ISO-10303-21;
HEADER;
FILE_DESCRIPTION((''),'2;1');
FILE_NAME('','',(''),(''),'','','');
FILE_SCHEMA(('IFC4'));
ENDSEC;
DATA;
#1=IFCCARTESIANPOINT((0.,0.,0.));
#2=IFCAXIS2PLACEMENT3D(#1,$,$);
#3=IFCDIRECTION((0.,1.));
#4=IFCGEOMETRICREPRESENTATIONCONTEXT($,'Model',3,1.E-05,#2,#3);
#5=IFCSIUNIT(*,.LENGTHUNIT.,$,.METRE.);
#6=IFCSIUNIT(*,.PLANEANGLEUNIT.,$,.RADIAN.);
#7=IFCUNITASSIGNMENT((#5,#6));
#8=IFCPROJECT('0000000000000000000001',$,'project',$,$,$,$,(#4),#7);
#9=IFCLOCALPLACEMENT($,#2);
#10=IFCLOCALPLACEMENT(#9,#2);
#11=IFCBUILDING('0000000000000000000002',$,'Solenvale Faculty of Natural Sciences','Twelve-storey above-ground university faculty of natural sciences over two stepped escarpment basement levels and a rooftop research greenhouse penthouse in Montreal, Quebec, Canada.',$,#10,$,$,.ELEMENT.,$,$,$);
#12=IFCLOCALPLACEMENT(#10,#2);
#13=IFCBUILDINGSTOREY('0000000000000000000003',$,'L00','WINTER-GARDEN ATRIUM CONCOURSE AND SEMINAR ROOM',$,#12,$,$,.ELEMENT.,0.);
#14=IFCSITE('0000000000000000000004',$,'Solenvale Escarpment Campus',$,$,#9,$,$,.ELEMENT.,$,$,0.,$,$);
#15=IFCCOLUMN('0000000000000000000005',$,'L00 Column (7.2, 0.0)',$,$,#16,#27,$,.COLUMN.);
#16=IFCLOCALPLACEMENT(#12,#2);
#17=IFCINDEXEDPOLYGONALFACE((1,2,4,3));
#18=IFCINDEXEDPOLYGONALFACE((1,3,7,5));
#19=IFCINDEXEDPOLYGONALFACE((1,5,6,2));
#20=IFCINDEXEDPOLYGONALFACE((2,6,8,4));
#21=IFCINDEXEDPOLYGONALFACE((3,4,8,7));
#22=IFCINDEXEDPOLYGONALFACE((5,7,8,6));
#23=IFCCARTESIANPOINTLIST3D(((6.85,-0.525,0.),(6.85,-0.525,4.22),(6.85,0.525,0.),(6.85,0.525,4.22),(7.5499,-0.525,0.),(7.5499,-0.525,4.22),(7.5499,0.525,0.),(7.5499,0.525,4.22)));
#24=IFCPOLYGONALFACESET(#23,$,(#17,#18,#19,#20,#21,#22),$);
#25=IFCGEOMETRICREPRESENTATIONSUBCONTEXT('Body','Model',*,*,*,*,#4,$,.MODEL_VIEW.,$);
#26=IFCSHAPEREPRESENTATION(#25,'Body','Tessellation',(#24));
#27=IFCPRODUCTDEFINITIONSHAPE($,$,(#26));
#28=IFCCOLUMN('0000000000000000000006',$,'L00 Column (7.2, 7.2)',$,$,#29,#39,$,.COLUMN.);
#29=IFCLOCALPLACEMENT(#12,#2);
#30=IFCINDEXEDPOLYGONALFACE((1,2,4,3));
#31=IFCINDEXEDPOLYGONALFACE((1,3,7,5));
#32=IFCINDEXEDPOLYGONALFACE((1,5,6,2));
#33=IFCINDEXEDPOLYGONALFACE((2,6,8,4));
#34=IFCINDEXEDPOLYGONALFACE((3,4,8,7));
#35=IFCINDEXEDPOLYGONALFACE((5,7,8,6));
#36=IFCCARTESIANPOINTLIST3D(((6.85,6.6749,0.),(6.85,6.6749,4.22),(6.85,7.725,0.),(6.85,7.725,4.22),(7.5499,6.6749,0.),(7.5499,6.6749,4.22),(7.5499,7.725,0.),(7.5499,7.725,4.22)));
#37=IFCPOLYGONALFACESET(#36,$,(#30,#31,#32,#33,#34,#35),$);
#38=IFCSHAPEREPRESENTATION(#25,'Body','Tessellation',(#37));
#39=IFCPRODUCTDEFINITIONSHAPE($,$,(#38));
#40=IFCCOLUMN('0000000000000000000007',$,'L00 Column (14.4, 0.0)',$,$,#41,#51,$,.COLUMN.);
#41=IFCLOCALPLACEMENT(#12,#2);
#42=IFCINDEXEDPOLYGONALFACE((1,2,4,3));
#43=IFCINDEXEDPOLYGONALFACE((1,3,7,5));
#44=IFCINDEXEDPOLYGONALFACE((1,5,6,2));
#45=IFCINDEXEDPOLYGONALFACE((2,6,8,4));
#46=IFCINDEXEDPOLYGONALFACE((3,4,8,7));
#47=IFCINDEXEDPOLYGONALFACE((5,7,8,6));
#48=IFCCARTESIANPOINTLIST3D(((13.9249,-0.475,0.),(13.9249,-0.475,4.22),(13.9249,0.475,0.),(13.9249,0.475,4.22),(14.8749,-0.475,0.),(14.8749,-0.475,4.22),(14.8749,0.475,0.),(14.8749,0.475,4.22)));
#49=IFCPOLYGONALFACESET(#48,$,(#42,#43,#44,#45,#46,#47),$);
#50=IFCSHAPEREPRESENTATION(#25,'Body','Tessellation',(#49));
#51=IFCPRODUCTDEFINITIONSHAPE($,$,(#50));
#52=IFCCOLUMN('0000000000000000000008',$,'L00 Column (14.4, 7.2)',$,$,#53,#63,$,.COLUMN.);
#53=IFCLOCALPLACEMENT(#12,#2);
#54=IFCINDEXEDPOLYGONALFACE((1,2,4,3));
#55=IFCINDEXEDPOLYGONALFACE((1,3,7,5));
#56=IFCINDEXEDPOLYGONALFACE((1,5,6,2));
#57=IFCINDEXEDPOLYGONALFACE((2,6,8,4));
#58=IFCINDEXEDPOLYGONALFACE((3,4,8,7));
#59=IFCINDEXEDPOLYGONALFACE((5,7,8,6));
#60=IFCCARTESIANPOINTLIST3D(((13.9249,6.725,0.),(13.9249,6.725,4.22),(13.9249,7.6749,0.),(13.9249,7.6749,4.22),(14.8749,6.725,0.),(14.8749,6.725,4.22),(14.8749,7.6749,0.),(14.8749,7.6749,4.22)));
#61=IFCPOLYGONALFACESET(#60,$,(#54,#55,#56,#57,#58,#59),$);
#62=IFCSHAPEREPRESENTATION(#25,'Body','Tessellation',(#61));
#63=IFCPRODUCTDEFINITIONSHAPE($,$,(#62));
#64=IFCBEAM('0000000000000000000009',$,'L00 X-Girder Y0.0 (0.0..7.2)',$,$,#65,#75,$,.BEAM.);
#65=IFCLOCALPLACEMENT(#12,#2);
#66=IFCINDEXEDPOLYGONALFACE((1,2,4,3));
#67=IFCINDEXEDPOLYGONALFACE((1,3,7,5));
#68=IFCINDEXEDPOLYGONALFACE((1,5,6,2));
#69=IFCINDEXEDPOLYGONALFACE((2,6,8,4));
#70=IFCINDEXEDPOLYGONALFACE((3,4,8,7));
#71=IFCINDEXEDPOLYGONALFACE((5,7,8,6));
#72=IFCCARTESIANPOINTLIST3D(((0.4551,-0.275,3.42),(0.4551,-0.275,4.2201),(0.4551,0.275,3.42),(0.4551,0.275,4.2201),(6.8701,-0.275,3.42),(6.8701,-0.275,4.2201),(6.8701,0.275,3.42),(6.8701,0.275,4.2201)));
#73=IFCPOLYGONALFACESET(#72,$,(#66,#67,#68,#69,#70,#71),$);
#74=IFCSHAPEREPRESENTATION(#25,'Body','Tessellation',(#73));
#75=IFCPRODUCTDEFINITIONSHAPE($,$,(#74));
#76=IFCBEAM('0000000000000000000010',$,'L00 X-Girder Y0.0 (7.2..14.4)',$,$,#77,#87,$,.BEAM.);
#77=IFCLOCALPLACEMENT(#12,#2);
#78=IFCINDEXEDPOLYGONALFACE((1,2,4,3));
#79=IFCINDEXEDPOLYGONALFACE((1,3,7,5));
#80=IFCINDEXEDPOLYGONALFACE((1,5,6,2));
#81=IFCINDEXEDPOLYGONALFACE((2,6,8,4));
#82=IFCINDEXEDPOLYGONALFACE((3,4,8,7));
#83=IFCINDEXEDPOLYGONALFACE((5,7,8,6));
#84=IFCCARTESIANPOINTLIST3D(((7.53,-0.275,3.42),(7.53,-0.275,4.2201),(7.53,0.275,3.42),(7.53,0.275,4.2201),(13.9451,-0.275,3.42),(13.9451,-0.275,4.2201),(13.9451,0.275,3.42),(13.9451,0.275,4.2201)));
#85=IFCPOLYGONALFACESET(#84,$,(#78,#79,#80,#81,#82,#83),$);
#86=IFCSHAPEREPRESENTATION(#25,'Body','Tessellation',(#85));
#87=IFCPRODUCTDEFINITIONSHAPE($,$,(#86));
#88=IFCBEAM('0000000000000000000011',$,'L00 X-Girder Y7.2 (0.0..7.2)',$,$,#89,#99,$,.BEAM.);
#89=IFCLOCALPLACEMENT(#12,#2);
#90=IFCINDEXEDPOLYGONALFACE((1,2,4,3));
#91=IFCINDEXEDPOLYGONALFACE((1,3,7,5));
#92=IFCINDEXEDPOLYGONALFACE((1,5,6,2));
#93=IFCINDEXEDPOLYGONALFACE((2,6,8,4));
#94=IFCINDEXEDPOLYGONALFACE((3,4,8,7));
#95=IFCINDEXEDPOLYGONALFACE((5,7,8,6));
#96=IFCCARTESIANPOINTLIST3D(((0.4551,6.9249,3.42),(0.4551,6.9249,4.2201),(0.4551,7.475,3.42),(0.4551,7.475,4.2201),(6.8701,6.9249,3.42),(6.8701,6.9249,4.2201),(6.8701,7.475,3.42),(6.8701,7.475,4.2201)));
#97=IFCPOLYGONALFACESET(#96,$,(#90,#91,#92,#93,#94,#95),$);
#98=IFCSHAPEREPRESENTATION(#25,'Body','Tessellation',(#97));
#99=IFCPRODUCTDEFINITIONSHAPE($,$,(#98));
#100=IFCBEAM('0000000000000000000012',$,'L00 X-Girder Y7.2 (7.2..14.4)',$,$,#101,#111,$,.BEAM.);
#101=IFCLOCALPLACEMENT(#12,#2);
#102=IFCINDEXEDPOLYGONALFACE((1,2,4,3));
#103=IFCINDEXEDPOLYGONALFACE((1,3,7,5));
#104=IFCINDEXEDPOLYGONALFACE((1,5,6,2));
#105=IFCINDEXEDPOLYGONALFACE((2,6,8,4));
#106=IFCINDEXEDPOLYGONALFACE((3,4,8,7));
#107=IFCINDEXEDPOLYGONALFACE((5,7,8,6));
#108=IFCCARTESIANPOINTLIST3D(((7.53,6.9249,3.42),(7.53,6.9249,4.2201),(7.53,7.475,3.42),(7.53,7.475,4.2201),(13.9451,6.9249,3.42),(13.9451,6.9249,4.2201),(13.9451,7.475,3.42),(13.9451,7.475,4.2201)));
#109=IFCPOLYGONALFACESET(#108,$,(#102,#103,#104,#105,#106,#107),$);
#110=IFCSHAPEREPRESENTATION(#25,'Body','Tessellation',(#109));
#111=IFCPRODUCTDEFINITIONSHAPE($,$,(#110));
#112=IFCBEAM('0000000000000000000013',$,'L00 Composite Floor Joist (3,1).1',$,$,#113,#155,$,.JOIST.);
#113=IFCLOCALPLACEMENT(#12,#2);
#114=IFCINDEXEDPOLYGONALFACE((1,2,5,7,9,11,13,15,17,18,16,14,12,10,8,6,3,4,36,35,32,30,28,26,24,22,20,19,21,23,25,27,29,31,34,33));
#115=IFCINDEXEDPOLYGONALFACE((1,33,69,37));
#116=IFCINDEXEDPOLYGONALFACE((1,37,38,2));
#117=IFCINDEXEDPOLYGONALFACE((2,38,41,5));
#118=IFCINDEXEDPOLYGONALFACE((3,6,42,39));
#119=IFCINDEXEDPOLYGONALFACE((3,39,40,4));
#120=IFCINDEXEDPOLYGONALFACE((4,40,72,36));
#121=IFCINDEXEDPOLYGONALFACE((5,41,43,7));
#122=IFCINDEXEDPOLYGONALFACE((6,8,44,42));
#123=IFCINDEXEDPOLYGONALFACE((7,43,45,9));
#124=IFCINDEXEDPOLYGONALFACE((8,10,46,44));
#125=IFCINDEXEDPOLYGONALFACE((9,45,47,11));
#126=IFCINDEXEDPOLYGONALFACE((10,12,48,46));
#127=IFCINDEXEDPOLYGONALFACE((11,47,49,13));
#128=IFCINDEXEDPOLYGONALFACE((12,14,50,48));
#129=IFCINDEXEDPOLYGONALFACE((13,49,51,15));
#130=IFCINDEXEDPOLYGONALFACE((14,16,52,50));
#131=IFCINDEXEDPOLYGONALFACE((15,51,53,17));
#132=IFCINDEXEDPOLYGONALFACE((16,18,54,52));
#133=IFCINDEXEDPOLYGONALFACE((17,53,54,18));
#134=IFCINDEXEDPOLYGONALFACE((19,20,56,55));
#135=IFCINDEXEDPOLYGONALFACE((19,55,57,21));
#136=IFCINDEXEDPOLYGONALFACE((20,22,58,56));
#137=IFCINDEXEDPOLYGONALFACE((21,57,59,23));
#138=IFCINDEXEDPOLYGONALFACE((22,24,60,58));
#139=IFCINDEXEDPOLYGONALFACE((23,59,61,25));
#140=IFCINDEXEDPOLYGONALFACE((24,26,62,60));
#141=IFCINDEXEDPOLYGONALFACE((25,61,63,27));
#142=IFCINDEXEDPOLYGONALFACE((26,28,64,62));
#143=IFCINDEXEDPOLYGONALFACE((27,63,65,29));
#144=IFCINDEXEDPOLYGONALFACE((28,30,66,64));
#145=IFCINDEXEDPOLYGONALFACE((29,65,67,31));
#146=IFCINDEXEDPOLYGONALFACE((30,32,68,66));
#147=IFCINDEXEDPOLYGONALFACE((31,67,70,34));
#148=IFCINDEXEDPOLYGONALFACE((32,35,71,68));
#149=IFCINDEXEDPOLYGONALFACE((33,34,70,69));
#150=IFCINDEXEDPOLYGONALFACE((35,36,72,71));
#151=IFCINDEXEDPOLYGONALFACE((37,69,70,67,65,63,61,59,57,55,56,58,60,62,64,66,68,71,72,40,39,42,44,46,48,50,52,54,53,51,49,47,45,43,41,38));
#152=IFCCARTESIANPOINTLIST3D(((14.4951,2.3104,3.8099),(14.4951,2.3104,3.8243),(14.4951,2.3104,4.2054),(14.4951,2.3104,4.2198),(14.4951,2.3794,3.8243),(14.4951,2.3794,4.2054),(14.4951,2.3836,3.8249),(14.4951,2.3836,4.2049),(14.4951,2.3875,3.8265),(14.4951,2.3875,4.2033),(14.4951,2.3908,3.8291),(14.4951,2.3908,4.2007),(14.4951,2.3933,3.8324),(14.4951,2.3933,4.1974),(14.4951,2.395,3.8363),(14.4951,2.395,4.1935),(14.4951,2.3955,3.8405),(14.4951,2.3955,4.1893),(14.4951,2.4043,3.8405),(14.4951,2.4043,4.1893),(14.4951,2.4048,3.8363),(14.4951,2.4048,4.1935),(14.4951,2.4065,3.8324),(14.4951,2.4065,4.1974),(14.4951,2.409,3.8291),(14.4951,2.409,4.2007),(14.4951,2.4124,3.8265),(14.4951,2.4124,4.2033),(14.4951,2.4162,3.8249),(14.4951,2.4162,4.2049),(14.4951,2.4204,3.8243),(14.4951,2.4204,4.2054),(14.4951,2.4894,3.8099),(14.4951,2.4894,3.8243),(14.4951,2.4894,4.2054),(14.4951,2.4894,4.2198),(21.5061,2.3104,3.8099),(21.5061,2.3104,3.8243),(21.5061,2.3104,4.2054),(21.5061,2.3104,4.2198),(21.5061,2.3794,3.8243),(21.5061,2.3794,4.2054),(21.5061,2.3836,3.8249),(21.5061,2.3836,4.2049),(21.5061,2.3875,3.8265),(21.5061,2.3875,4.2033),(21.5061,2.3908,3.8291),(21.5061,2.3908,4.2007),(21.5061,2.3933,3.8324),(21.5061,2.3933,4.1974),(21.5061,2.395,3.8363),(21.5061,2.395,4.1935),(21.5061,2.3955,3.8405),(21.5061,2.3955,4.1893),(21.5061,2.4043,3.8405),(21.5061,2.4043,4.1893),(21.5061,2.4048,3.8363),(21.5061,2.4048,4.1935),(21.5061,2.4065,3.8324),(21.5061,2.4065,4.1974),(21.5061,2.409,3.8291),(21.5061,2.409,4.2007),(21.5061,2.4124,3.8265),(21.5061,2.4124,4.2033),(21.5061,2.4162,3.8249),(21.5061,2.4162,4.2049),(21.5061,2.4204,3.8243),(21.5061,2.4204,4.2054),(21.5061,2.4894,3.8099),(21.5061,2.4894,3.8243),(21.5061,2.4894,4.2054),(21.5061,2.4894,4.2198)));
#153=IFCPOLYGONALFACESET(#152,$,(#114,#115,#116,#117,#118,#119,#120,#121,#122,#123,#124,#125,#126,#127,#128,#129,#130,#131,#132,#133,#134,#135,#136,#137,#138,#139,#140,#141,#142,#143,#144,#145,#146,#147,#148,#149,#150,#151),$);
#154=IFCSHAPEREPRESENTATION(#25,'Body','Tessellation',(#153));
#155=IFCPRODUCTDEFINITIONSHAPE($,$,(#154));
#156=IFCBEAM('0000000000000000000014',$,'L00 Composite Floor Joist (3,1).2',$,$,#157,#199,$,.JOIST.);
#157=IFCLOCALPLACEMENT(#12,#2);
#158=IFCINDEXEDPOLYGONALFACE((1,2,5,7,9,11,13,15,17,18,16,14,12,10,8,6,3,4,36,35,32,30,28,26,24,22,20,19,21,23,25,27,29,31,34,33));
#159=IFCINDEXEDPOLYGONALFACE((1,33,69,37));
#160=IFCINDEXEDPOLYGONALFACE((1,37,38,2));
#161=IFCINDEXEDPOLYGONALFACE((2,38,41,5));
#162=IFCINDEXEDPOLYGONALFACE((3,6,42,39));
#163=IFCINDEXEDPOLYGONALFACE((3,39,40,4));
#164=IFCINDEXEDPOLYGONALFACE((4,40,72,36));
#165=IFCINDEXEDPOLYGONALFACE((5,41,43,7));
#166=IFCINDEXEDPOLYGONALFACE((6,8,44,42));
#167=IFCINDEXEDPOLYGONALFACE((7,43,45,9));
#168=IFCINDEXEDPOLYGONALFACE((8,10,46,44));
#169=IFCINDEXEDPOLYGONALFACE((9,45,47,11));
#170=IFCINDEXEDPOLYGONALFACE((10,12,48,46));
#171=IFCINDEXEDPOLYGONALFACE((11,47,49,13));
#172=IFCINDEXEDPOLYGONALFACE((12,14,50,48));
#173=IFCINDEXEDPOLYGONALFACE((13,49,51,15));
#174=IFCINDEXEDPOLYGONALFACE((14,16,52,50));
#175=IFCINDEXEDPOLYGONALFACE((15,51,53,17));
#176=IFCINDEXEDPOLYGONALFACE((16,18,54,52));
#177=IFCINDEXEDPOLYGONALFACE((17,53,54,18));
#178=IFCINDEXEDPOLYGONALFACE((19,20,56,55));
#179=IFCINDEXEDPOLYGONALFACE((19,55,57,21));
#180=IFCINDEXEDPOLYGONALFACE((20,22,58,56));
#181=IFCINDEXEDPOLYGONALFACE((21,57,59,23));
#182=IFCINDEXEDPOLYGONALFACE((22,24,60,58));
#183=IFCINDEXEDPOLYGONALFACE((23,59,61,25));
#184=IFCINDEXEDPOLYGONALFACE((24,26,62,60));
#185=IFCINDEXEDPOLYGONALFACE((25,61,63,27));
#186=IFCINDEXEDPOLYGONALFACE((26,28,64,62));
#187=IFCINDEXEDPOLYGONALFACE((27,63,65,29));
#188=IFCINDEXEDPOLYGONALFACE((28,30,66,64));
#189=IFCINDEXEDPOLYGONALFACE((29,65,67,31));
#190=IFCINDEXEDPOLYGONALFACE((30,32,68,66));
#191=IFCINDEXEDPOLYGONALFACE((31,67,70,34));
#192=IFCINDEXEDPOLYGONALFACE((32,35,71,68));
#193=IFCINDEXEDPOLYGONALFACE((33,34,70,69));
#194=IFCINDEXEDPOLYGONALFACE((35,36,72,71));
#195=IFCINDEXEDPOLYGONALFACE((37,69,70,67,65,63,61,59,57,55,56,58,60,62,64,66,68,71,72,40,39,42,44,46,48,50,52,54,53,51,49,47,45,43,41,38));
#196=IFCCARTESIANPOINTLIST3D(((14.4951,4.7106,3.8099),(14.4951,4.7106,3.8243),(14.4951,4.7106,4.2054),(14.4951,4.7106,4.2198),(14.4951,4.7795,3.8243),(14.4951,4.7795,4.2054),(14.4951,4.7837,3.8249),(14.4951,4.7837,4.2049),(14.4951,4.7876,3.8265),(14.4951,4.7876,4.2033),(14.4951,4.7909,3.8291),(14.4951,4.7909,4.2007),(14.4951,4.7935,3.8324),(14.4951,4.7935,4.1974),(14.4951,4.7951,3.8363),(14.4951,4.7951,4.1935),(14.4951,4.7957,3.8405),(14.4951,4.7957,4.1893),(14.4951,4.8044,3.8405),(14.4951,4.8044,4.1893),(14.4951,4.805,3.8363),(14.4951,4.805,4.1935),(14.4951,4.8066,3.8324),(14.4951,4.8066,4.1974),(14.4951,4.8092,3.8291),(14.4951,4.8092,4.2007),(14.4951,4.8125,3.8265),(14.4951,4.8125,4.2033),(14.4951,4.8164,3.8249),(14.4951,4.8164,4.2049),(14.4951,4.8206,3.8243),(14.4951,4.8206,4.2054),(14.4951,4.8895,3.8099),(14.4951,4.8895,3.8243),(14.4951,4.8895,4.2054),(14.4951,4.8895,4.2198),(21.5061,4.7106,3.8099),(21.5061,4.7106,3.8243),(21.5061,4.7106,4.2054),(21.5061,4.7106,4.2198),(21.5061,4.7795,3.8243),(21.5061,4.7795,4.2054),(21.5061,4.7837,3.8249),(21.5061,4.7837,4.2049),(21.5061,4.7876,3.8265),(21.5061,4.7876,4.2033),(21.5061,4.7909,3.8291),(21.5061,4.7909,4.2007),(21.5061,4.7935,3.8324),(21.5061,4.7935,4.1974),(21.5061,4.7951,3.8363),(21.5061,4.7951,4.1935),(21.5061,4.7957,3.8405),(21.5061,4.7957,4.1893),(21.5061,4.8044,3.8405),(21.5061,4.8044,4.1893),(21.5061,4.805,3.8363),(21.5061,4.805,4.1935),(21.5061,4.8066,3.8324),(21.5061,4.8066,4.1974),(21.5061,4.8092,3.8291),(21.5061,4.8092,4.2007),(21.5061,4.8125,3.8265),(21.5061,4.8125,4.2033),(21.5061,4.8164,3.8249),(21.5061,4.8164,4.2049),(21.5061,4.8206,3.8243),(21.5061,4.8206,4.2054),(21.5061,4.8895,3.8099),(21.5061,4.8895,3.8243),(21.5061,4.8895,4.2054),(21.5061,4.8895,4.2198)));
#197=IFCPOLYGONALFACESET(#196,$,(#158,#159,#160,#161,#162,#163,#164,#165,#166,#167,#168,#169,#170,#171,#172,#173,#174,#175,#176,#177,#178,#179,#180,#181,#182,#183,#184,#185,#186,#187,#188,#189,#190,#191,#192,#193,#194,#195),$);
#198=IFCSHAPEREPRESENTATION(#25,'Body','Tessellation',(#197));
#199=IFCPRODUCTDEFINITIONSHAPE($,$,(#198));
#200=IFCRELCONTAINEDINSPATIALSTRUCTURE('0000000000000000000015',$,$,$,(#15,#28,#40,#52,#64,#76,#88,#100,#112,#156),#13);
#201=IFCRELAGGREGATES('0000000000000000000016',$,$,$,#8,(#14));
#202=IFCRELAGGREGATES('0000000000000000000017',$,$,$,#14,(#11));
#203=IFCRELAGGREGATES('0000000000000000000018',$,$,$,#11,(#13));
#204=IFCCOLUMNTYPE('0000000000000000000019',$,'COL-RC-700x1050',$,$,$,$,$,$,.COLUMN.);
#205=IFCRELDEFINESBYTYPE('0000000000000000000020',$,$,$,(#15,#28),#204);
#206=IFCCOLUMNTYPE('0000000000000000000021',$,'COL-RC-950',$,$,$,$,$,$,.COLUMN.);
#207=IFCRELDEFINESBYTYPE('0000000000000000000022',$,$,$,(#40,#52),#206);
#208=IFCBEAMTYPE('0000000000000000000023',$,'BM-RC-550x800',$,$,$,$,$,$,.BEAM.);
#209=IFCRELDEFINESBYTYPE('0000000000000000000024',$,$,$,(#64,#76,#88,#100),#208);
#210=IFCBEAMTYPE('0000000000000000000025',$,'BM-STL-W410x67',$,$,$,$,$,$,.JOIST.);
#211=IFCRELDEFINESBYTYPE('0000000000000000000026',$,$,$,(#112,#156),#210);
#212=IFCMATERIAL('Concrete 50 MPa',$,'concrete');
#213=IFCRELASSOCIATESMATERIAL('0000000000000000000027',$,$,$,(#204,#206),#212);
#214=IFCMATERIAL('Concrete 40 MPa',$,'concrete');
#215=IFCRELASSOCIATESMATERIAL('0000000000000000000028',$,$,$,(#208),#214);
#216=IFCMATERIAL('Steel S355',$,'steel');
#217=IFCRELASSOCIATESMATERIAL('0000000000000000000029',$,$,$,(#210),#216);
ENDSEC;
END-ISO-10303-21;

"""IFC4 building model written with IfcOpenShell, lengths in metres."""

from ifc_helpers import new_model, si_unit, direction, frame, origin, origin_2d, place, context, subcontext, project, spatial, rectangle, i_section, extrude, material, material_profile, profile_set, type_object, element, save


model = new_model("IFC4")

# Units and contexts
model_context = context("Model", 3, precision=1e-05, world=origin(), true_north=direction((0.0, 1.0)))
body_context = subcontext(model_context, "Body", "Model", "MODEL_VIEW")
ifc_project = project(units=[si_unit("LENGTHUNIT", "METRE"), si_unit("PLANEANGLEUNIT", "RADIAN")], contexts=[model_context])

# Site, building, storey
site_placement = place(None, origin())
site = spatial("IfcSite", under=ifc_project, at=site_placement, Name="Solenvale Escarpment Campus", CompositionType="ELEMENT", RefElevation=0.0)
building_placement = place(site_placement, origin())
building = spatial("IfcBuilding", under=site, at=building_placement, Name="Solenvale Faculty of Natural Sciences", Description="Twelve-storey above-ground university faculty of natural sciences over two stepped escarpment basement levels and a rooftop research greenhouse penthouse in Montreal, Quebec, Canada.", CompositionType="ELEMENT")
storey_placement = place(building_placement, origin())
storey = spatial("IfcBuildingStorey", under=building, at=storey_placement, Name="L00", Description="WINTER-GARDEN ATRIUM CONCOURSE AND SEMINAR ROOM", CompositionType="ELEMENT", Elevation=0.0)

# Columns
ifc_material_1 = material(Name="Concrete 50 MPa", Category="concrete")
ifc_material_profile_1 = material_profile(ifc_material_1, rectangle(XDim=0.7, YDim=1.05, at=origin_2d()), Name="RC-COL-700x1050")
ifc_profile_set_1 = profile_set([ifc_material_profile_1], Name="Concrete 50 MPa")
column_type_1 = type_object("IfcColumnType", Name="COL-RC-700x1050", PredefinedType="COLUMN", material=ifc_profile_set_1)
for number, where, z_axis, x_axis, name in (
    (1, (7.2, 0.0, 0.0), (0.0, 0.0, 1.0), (1.0, 0.0, 0.0), "L00 Column (7.2, 0.0)"),
    (2, (7.2, 7.2, 0.0), (0.0, 0.0, 1.0), (1.0, 0.0, 0.0), "L00 Column (7.2, 7.2)"),
):
    element("IfcColumn", number, at=place(storey_placement, frame(where, z_axis=z_axis, x_axis=x_axis)), inside=storey, type_object=column_type_1, Name=name, PredefinedType="COLUMN", context=body_context, shape_type="SweptSolid", body=[
        extrude(rectangle(XDim=0.7, YDim=1.05, at=origin_2d()), origin(), (0.0, 0.0, 1.0), 4.22),
    ])
ifc_material_profile_2 = material_profile(ifc_material_1, rectangle(XDim=0.95, YDim=0.95, at=origin_2d()), Name="RC-COL-950x950")
ifc_profile_set_2 = profile_set([ifc_material_profile_2], Name="Concrete 50 MPa")
column_type_2 = type_object("IfcColumnType", Name="COL-RC-950", PredefinedType="COLUMN", material=ifc_profile_set_2)
for number, where, z_axis, x_axis, name in (
    (3, (14.3999, 0.0, 0.0), (0.0, 0.0, 1.0), (1.0, 0.0, 0.0), "L00 Column (14.4, 0.0)"),
    (4, (14.3999, 7.2, 0.0), (0.0, 0.0, 1.0), (1.0, 0.0, 0.0), "L00 Column (14.4, 7.2)"),
):
    element("IfcColumn", number, at=place(storey_placement, frame(where, z_axis=z_axis, x_axis=x_axis)), inside=storey, type_object=column_type_2, Name=name, PredefinedType="COLUMN", context=body_context, shape_type="SweptSolid", body=[
        extrude(rectangle(XDim=0.95, YDim=0.95, at=origin_2d()), origin(), (0.0, 0.0, 1.0), 4.22),
    ])

# Beams
ifc_material_2 = material(Name="Concrete 40 MPa", Category="concrete")
ifc_material_profile_3 = material_profile(ifc_material_2, rectangle(XDim=0.55, YDim=0.8, at=origin_2d()), Name="RC-BM-550x800")
ifc_profile_set_3 = profile_set([ifc_material_profile_3], Name="Concrete 40 MPa")
beam_type_1 = type_object("IfcBeamType", Name="BM-RC-550x800", PredefinedType="BEAM", material=ifc_profile_set_3)
for number, where, z_axis, x_axis, name in (
    (5, (0.4551, 0.0, 3.8201), (1.0, 0.0, 0.0), (0.0, 1.0, 0.0), "L00 X-Girder Y0.0 (0.0..7.2)"),
    (6, (7.53, 0.0, 3.8201), (1.0, 0.0, 0.0), (0.0, 1.0, 0.0), "L00 X-Girder Y0.0 (7.2..14.4)"),
    (7, (0.4551, 7.2, 3.8201), (1.0, 0.0, 0.0), (0.0, 1.0, 0.0), "L00 X-Girder Y7.2 (0.0..7.2)"),
    (8, (7.53, 7.2, 3.8201), (1.0, 0.0, 0.0), (0.0, 1.0, 0.0), "L00 X-Girder Y7.2 (7.2..14.4)"),
):
    element("IfcBeam", number, at=place(storey_placement, frame(where, z_axis=z_axis, x_axis=x_axis)), inside=storey, type_object=beam_type_1, Name=name, PredefinedType="BEAM", context=body_context, shape_type="SweptSolid", body=[
        extrude(rectangle(XDim=0.55, YDim=0.8, at=origin_2d()), origin(), (0.0, 0.0, 1.0), 6.415),
    ])
ifc_material_3 = material(Name="Steel S355", Category="steel")
ifc_material_profile_4 = material_profile(ifc_material_3, i_section(OverallWidth=0.179, OverallDepth=0.4099, WebThickness=0.0088, FlangeThickness=0.0144, FilletRadius=0.0161, at=origin_2d()), Name="W410x67")
ifc_profile_set_4 = profile_set([ifc_material_profile_4], Name="Steel S355")
beam_type_2 = type_object("IfcBeamType", Name="BM-STL-W410x67", PredefinedType="JOIST", material=ifc_profile_set_4)
for number, where, z_axis, x_axis, name in (
    (9, (14.4951, 2.3999, 4.0149), (1.0, 0.0, 0.0), (0.0, 1.0, 0.0), "L00 Composite Floor Joist (3,1).1"),
    (10, (14.4951, 4.8, 4.0149), (1.0, 0.0, 0.0), (0.0, 1.0, 0.0), "L00 Composite Floor Joist (3,1).2"),
):
    element("IfcBeam", number, at=place(storey_placement, frame(where, z_axis=z_axis, x_axis=x_axis)), inside=storey, type_object=beam_type_2, Name=name, PredefinedType="JOIST", context=body_context, shape_type="SweptSolid", body=[
        extrude(i_section(OverallWidth=0.179, OverallDepth=0.4099, WebThickness=0.0088, FlangeThickness=0.0144, FilletRadius=0.0161, at=origin_2d()), origin(), (0.0, 0.0, 1.0), 7.011),
    ])

save(model, "model.ifc")
